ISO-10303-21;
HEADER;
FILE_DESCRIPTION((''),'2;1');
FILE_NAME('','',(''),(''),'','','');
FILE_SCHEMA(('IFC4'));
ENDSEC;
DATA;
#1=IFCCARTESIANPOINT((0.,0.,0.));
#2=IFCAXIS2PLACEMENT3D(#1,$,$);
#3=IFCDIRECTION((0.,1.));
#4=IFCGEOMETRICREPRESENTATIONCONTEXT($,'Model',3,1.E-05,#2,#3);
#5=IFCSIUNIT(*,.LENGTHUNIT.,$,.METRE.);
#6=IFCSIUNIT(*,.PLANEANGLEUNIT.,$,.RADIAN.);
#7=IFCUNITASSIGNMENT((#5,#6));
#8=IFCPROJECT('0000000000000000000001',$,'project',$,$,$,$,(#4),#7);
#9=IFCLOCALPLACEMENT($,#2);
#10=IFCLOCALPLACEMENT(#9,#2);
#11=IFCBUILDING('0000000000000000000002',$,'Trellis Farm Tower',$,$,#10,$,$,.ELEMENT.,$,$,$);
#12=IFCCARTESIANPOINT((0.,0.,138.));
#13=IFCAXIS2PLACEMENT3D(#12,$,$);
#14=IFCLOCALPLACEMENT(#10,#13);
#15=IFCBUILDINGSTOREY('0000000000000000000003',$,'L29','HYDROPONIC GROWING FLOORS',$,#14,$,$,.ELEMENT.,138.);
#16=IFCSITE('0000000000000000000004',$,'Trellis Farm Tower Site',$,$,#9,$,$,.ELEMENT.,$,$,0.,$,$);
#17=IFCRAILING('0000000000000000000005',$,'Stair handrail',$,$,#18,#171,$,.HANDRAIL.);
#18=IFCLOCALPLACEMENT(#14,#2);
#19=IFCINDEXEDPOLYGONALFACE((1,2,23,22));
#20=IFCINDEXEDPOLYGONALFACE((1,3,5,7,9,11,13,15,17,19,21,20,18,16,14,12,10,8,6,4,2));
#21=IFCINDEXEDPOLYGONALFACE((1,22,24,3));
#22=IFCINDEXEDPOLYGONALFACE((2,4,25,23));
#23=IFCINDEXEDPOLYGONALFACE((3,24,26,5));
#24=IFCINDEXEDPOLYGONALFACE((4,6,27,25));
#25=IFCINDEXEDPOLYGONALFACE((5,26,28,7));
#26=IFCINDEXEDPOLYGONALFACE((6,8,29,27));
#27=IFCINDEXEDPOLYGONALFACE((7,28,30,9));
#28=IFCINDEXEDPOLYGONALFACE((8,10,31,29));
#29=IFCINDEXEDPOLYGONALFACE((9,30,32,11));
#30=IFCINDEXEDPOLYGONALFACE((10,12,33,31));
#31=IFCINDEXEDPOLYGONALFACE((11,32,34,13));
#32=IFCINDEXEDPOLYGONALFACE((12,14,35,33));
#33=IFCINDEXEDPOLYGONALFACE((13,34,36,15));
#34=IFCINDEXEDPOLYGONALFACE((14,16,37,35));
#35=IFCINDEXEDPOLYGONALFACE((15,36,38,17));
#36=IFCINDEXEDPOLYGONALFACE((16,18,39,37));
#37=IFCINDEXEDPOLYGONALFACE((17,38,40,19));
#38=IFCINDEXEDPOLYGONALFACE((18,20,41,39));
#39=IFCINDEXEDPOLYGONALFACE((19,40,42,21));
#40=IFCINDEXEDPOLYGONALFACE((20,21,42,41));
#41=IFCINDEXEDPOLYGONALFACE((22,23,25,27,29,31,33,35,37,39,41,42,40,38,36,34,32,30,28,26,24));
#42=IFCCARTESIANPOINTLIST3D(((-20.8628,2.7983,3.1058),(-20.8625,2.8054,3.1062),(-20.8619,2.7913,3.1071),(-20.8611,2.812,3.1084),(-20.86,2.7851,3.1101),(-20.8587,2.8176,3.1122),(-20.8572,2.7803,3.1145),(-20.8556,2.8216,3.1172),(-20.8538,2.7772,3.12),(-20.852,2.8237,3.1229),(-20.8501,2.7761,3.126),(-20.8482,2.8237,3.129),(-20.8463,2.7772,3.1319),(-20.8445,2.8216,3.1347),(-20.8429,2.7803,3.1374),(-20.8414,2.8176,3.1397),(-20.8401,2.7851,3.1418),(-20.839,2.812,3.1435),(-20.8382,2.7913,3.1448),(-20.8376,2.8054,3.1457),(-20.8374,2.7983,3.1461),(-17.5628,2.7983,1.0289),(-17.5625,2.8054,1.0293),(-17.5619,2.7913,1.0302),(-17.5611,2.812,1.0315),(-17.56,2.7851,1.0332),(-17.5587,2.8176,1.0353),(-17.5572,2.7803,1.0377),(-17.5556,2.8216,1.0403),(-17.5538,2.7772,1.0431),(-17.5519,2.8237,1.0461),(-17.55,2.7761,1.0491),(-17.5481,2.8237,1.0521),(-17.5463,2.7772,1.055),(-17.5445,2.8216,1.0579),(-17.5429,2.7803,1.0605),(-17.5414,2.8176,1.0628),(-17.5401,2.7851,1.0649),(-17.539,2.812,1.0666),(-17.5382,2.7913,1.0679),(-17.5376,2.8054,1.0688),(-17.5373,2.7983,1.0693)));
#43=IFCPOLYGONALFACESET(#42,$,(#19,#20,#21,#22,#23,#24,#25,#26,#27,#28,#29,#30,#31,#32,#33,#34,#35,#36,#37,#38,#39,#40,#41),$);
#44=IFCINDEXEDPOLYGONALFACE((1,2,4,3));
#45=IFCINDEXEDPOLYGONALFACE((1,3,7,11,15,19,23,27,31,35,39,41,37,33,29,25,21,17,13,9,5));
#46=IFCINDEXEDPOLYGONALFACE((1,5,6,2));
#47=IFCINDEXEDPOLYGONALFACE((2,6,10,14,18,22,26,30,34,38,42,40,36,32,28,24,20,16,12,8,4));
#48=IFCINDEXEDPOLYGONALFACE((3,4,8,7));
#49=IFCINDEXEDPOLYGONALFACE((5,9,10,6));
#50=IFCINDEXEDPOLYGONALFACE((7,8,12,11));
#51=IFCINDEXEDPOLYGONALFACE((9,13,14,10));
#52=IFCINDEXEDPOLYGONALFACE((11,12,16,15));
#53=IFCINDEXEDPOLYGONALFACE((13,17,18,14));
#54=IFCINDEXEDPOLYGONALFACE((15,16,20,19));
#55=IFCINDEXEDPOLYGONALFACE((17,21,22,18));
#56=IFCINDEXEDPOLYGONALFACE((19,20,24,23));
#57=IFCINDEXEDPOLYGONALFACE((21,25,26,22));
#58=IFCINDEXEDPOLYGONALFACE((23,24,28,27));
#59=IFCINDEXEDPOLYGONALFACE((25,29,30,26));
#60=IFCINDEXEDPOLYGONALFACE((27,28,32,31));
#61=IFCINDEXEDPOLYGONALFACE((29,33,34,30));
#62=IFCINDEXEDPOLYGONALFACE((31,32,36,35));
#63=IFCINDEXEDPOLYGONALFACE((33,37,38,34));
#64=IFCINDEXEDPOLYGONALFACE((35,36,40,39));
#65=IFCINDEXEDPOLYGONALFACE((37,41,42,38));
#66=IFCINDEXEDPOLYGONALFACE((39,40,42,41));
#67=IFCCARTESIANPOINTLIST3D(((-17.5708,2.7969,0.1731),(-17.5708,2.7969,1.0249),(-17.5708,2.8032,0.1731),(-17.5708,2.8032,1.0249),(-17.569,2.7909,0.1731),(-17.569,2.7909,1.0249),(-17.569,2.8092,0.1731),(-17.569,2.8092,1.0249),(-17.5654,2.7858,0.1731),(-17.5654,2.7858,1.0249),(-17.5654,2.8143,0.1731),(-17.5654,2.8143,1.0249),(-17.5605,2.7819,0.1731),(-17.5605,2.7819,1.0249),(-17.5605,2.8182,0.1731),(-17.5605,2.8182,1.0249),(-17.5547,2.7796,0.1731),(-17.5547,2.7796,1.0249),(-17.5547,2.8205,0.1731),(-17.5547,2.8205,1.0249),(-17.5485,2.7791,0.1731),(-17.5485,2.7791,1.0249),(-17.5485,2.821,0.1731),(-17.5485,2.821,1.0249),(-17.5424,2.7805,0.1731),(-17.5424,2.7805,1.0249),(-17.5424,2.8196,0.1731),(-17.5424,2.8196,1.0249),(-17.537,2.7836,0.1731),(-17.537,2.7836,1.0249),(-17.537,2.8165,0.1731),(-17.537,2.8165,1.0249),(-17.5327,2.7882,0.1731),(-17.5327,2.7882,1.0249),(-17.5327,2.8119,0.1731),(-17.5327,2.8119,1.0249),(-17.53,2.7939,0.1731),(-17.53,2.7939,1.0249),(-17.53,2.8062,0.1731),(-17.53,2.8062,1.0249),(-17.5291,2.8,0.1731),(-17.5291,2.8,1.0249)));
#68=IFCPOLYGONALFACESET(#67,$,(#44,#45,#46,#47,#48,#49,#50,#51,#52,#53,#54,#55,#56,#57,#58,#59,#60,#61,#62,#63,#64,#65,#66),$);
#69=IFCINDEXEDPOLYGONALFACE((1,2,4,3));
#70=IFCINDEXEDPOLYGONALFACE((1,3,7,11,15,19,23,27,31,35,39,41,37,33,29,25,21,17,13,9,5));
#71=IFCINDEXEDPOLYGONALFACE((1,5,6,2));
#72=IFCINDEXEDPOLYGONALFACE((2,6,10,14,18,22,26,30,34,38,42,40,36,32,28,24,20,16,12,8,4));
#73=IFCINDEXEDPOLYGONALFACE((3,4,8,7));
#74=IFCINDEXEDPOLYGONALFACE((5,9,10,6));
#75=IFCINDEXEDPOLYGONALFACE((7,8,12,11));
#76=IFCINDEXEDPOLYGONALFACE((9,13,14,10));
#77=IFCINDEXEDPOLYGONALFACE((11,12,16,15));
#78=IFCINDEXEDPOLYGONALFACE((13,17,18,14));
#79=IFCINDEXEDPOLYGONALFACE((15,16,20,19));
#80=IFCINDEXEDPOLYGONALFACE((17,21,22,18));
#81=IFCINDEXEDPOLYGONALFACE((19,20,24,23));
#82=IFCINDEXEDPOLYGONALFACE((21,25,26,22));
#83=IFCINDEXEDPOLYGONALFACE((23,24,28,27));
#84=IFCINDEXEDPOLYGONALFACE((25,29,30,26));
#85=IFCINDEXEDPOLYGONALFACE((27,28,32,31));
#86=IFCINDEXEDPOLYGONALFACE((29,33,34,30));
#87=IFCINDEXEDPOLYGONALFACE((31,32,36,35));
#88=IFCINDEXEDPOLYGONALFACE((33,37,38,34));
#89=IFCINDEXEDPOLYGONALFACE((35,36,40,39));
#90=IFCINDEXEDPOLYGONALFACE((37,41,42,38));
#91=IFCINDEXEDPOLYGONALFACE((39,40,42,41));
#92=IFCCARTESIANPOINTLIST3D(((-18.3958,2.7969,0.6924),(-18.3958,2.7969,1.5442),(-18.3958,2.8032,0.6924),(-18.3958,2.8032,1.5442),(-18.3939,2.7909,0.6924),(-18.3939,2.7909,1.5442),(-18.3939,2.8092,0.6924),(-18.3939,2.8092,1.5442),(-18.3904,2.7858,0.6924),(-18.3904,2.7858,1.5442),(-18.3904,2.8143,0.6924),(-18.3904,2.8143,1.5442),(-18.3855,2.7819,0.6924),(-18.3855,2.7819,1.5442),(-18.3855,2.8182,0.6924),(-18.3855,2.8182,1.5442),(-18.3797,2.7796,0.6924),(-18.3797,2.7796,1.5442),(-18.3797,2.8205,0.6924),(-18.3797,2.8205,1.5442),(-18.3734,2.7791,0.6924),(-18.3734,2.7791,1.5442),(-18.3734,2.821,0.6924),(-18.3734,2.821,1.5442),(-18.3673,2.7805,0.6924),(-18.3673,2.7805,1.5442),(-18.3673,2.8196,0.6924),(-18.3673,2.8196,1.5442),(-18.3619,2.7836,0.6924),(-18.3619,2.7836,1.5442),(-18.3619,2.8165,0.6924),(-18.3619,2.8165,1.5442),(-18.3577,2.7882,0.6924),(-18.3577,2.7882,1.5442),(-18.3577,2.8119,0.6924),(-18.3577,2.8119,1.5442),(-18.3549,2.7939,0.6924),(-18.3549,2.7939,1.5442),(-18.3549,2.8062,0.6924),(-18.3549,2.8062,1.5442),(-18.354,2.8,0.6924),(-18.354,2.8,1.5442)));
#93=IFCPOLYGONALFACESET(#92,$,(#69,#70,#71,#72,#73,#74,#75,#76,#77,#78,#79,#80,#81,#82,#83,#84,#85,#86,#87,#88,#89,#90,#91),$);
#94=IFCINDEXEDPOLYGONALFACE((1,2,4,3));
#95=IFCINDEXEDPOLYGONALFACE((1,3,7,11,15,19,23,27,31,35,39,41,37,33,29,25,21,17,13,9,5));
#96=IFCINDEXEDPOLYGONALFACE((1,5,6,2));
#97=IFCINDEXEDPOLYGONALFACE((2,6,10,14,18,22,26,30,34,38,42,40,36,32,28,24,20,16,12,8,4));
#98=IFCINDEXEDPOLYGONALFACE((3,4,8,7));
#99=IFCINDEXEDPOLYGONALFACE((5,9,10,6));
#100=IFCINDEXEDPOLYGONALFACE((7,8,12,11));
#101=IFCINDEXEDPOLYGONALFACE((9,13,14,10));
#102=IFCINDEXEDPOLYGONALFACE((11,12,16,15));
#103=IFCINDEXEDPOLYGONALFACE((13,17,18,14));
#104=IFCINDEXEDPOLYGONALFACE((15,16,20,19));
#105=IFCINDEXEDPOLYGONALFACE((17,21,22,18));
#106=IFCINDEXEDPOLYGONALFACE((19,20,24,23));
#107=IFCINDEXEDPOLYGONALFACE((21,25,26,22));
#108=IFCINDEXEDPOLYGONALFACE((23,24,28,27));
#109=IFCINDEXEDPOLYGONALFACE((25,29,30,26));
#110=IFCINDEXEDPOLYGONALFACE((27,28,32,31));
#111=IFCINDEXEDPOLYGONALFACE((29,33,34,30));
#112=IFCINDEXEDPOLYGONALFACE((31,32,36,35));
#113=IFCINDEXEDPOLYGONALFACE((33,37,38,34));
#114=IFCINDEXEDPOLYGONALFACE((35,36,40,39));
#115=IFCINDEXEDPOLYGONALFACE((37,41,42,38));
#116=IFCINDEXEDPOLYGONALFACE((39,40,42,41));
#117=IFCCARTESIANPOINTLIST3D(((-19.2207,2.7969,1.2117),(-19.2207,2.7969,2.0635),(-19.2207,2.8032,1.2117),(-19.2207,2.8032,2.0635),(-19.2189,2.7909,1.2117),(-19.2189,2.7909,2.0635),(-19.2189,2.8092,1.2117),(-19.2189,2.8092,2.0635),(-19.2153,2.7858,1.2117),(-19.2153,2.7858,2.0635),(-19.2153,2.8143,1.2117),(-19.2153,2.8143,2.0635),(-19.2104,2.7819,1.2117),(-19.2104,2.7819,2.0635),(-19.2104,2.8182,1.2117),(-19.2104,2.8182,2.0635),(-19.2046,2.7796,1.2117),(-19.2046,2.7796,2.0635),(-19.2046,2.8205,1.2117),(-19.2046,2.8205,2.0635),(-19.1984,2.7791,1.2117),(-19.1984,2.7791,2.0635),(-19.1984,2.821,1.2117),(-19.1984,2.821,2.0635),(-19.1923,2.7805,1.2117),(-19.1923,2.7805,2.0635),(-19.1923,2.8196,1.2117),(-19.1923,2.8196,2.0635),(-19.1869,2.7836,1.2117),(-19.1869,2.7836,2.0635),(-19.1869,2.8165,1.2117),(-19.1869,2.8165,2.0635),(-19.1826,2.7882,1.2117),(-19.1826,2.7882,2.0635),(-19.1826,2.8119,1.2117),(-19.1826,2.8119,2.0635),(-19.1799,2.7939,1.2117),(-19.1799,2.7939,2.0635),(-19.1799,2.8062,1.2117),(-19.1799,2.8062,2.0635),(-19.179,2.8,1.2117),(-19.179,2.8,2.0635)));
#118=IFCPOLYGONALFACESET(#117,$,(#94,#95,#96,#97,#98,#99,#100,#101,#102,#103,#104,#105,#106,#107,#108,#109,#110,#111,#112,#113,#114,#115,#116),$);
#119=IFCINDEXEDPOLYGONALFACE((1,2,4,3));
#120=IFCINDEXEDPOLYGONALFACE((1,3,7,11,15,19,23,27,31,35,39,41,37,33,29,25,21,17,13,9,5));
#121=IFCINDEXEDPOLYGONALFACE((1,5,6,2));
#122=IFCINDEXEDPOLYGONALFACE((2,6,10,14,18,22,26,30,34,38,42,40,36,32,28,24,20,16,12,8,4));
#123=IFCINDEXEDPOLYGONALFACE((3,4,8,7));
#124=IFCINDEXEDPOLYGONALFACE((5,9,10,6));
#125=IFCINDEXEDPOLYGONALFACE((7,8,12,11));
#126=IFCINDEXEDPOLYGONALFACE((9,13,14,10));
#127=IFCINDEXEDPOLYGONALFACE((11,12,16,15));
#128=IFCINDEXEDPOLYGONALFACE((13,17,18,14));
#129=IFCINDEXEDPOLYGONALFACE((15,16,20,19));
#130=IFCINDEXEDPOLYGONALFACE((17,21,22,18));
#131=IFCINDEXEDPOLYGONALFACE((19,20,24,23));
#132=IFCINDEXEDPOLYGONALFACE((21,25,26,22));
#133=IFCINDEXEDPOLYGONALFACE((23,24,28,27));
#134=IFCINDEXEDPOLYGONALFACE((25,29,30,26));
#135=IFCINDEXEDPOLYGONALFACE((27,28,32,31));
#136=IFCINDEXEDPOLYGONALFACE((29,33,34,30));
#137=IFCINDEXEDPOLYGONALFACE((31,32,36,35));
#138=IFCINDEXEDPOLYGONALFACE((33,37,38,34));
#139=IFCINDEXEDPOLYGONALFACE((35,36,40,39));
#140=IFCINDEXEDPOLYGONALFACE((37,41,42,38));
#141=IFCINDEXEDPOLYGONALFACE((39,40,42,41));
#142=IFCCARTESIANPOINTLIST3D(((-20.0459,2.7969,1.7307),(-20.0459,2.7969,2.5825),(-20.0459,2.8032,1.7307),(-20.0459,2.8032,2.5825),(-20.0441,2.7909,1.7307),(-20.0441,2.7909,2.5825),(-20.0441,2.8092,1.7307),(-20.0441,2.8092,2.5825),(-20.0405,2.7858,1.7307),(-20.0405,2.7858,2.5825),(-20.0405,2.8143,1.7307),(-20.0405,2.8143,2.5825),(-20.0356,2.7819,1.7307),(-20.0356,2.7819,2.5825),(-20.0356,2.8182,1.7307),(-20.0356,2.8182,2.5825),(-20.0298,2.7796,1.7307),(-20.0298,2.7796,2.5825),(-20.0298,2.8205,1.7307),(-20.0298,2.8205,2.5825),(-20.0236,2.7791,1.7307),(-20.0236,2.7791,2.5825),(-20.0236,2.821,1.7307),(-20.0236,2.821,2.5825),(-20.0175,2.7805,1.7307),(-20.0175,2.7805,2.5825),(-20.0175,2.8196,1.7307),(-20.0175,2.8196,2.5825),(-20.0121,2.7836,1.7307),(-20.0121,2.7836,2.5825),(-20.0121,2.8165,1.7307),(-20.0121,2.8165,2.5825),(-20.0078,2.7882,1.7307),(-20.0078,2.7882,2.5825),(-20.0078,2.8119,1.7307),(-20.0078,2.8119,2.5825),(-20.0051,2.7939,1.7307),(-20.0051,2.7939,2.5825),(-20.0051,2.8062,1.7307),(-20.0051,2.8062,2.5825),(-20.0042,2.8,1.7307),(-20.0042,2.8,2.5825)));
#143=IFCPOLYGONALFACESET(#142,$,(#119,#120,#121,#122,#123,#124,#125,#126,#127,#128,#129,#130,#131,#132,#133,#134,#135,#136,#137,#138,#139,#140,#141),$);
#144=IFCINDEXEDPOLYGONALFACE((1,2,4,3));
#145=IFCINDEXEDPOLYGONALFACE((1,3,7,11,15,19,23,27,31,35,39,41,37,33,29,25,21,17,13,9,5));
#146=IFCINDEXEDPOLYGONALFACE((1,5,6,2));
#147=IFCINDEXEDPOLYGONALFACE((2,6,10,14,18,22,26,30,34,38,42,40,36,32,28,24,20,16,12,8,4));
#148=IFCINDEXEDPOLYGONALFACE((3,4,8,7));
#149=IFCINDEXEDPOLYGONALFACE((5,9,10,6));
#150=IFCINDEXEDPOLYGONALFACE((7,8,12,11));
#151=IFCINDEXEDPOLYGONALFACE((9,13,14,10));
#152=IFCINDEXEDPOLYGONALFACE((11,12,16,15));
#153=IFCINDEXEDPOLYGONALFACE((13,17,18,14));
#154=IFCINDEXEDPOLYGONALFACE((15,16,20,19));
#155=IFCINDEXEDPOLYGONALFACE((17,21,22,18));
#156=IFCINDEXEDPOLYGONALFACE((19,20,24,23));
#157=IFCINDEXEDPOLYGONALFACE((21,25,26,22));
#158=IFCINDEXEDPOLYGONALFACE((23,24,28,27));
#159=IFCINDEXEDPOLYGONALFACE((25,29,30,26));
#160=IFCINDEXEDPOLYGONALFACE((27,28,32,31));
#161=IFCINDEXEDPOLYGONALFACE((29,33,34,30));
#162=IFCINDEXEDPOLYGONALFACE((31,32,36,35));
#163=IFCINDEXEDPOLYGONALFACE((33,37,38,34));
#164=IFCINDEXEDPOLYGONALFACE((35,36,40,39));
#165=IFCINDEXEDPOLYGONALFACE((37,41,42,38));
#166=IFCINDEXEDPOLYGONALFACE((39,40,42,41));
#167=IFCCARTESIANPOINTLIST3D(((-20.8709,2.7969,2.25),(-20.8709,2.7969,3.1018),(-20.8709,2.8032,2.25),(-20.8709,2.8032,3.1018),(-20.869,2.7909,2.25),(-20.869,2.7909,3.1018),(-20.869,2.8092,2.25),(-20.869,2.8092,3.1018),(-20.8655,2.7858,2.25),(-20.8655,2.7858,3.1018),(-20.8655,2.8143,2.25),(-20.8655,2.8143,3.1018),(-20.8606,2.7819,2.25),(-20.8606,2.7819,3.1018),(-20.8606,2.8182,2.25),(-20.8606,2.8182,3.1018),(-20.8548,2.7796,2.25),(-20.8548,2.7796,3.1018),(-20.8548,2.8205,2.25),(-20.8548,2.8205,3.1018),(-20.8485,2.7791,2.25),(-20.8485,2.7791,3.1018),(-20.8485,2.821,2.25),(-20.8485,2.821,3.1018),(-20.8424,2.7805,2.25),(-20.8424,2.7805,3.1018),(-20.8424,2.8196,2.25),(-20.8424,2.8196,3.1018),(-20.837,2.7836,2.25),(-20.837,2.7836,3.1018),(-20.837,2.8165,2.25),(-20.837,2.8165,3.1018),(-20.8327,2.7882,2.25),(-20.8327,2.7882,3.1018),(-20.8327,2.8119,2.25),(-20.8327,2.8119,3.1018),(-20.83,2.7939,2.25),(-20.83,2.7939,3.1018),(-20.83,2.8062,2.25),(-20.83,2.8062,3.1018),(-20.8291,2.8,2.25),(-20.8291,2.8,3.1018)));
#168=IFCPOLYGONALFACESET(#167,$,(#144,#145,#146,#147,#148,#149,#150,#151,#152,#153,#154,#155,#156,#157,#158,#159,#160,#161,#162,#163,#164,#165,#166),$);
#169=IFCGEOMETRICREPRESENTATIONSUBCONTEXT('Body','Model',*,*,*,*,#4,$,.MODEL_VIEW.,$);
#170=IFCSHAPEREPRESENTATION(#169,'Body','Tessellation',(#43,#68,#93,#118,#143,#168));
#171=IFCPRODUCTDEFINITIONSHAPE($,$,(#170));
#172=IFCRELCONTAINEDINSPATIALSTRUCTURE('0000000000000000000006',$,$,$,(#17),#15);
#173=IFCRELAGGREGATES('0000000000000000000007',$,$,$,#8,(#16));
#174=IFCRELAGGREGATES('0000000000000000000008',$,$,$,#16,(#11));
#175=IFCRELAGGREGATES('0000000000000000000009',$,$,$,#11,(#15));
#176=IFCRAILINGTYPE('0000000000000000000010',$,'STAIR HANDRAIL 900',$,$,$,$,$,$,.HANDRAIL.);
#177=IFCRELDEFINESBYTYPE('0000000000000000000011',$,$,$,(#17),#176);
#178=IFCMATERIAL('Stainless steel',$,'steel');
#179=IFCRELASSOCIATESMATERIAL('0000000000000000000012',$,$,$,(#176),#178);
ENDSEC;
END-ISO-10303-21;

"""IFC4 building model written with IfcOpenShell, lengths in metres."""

from ifc_helpers import new_model, si_unit, direction, frame, origin, origin_2d, place, context, subcontext, project, spatial, circle, extrude, source, transform, mapped, material, type_object, element, save


model = new_model("IFC4")

# Units and contexts
model_context = context("Model", 3, precision=1e-05, world=origin(), true_north=direction((0.0, 1.0)))
body_context = subcontext(model_context, "Body", "Model", "MODEL_VIEW")
ifc_project = project(units=[si_unit("LENGTHUNIT", "METRE"), si_unit("PLANEANGLEUNIT", "RADIAN")], contexts=[model_context])

# Site, building, storey
site_placement = place(None, origin())
site = spatial("IfcSite", under=ifc_project, at=site_placement, Name="Trellis Farm Tower Site", CompositionType="ELEMENT", RefElevation=0.0)
building_placement = place(site_placement, origin())
building = spatial("IfcBuilding", under=site, at=building_placement, Name="Trellis Farm Tower", CompositionType="ELEMENT")
storey_placement = place(building_placement, frame((0.0, 0.0, 138.0)))
storey = spatial("IfcBuildingStorey", under=building, at=storey_placement, Name="L29", Description="HYDROPONIC GROWING FLOORS", CompositionType="ELEMENT", Elevation=138.0)

# Railing
ifc_material_1 = material(Name="Stainless steel", Category="steel")
railing_type = type_object("IfcRailingType", Name="STAIR HANDRAIL 900", PredefinedType="HANDRAIL", material=ifc_material_1)
shared_shape_1 = source(origin(), body_context, "Body", "SweptSolid", [
    extrude(circle(Radius=0.0239, at=origin_2d()), frame((0.0, 0.0, 0.876), z_axis=(-0.846337, 0.0, 0.532647), x_axis=(0.0, -1.0, 0.0)), (0.0, 0.0, 1.0), 3.8992),
    extrude(circle(Radius=0.021, at=origin_2d()), origin(), (0.0, 0.0, 1.0), 0.8518),
    extrude(circle(Radius=0.021, at=origin_2d()), frame((-0.825, 0.0, 0.5193)), (0.0, 0.0, 1.0), 0.8518),
    extrude(circle(Radius=0.021, at=origin_2d()), frame((-1.6499, 0.0, 1.0386)), (0.0, 0.0, 1.0), 0.8518),
    extrude(circle(Radius=0.021, at=origin_2d()), frame((-2.4751, 0.0, 1.5576)), (0.0, 0.0, 1.0), 0.8518),
    extrude(circle(Radius=0.021, at=origin_2d()), frame((-3.3, 0.0, 2.0769)), (0.0, 0.0, 1.0), 0.8518),
])
for number, where, name in (
    (1, (-17.55, 2.8, 0.1731), "Stair handrail"),
):
    element("IfcRailing", number, at=place(storey_placement, frame(where)), inside=storey, type_object=railing_type, Name=name, PredefinedType="HANDRAIL", context=body_context, shape_type="MappedRepresentation", body=[
        mapped(shared_shape_1, transform((0.0, 0.0, 0.0))),
    ])

save(model, "model.ifc")
